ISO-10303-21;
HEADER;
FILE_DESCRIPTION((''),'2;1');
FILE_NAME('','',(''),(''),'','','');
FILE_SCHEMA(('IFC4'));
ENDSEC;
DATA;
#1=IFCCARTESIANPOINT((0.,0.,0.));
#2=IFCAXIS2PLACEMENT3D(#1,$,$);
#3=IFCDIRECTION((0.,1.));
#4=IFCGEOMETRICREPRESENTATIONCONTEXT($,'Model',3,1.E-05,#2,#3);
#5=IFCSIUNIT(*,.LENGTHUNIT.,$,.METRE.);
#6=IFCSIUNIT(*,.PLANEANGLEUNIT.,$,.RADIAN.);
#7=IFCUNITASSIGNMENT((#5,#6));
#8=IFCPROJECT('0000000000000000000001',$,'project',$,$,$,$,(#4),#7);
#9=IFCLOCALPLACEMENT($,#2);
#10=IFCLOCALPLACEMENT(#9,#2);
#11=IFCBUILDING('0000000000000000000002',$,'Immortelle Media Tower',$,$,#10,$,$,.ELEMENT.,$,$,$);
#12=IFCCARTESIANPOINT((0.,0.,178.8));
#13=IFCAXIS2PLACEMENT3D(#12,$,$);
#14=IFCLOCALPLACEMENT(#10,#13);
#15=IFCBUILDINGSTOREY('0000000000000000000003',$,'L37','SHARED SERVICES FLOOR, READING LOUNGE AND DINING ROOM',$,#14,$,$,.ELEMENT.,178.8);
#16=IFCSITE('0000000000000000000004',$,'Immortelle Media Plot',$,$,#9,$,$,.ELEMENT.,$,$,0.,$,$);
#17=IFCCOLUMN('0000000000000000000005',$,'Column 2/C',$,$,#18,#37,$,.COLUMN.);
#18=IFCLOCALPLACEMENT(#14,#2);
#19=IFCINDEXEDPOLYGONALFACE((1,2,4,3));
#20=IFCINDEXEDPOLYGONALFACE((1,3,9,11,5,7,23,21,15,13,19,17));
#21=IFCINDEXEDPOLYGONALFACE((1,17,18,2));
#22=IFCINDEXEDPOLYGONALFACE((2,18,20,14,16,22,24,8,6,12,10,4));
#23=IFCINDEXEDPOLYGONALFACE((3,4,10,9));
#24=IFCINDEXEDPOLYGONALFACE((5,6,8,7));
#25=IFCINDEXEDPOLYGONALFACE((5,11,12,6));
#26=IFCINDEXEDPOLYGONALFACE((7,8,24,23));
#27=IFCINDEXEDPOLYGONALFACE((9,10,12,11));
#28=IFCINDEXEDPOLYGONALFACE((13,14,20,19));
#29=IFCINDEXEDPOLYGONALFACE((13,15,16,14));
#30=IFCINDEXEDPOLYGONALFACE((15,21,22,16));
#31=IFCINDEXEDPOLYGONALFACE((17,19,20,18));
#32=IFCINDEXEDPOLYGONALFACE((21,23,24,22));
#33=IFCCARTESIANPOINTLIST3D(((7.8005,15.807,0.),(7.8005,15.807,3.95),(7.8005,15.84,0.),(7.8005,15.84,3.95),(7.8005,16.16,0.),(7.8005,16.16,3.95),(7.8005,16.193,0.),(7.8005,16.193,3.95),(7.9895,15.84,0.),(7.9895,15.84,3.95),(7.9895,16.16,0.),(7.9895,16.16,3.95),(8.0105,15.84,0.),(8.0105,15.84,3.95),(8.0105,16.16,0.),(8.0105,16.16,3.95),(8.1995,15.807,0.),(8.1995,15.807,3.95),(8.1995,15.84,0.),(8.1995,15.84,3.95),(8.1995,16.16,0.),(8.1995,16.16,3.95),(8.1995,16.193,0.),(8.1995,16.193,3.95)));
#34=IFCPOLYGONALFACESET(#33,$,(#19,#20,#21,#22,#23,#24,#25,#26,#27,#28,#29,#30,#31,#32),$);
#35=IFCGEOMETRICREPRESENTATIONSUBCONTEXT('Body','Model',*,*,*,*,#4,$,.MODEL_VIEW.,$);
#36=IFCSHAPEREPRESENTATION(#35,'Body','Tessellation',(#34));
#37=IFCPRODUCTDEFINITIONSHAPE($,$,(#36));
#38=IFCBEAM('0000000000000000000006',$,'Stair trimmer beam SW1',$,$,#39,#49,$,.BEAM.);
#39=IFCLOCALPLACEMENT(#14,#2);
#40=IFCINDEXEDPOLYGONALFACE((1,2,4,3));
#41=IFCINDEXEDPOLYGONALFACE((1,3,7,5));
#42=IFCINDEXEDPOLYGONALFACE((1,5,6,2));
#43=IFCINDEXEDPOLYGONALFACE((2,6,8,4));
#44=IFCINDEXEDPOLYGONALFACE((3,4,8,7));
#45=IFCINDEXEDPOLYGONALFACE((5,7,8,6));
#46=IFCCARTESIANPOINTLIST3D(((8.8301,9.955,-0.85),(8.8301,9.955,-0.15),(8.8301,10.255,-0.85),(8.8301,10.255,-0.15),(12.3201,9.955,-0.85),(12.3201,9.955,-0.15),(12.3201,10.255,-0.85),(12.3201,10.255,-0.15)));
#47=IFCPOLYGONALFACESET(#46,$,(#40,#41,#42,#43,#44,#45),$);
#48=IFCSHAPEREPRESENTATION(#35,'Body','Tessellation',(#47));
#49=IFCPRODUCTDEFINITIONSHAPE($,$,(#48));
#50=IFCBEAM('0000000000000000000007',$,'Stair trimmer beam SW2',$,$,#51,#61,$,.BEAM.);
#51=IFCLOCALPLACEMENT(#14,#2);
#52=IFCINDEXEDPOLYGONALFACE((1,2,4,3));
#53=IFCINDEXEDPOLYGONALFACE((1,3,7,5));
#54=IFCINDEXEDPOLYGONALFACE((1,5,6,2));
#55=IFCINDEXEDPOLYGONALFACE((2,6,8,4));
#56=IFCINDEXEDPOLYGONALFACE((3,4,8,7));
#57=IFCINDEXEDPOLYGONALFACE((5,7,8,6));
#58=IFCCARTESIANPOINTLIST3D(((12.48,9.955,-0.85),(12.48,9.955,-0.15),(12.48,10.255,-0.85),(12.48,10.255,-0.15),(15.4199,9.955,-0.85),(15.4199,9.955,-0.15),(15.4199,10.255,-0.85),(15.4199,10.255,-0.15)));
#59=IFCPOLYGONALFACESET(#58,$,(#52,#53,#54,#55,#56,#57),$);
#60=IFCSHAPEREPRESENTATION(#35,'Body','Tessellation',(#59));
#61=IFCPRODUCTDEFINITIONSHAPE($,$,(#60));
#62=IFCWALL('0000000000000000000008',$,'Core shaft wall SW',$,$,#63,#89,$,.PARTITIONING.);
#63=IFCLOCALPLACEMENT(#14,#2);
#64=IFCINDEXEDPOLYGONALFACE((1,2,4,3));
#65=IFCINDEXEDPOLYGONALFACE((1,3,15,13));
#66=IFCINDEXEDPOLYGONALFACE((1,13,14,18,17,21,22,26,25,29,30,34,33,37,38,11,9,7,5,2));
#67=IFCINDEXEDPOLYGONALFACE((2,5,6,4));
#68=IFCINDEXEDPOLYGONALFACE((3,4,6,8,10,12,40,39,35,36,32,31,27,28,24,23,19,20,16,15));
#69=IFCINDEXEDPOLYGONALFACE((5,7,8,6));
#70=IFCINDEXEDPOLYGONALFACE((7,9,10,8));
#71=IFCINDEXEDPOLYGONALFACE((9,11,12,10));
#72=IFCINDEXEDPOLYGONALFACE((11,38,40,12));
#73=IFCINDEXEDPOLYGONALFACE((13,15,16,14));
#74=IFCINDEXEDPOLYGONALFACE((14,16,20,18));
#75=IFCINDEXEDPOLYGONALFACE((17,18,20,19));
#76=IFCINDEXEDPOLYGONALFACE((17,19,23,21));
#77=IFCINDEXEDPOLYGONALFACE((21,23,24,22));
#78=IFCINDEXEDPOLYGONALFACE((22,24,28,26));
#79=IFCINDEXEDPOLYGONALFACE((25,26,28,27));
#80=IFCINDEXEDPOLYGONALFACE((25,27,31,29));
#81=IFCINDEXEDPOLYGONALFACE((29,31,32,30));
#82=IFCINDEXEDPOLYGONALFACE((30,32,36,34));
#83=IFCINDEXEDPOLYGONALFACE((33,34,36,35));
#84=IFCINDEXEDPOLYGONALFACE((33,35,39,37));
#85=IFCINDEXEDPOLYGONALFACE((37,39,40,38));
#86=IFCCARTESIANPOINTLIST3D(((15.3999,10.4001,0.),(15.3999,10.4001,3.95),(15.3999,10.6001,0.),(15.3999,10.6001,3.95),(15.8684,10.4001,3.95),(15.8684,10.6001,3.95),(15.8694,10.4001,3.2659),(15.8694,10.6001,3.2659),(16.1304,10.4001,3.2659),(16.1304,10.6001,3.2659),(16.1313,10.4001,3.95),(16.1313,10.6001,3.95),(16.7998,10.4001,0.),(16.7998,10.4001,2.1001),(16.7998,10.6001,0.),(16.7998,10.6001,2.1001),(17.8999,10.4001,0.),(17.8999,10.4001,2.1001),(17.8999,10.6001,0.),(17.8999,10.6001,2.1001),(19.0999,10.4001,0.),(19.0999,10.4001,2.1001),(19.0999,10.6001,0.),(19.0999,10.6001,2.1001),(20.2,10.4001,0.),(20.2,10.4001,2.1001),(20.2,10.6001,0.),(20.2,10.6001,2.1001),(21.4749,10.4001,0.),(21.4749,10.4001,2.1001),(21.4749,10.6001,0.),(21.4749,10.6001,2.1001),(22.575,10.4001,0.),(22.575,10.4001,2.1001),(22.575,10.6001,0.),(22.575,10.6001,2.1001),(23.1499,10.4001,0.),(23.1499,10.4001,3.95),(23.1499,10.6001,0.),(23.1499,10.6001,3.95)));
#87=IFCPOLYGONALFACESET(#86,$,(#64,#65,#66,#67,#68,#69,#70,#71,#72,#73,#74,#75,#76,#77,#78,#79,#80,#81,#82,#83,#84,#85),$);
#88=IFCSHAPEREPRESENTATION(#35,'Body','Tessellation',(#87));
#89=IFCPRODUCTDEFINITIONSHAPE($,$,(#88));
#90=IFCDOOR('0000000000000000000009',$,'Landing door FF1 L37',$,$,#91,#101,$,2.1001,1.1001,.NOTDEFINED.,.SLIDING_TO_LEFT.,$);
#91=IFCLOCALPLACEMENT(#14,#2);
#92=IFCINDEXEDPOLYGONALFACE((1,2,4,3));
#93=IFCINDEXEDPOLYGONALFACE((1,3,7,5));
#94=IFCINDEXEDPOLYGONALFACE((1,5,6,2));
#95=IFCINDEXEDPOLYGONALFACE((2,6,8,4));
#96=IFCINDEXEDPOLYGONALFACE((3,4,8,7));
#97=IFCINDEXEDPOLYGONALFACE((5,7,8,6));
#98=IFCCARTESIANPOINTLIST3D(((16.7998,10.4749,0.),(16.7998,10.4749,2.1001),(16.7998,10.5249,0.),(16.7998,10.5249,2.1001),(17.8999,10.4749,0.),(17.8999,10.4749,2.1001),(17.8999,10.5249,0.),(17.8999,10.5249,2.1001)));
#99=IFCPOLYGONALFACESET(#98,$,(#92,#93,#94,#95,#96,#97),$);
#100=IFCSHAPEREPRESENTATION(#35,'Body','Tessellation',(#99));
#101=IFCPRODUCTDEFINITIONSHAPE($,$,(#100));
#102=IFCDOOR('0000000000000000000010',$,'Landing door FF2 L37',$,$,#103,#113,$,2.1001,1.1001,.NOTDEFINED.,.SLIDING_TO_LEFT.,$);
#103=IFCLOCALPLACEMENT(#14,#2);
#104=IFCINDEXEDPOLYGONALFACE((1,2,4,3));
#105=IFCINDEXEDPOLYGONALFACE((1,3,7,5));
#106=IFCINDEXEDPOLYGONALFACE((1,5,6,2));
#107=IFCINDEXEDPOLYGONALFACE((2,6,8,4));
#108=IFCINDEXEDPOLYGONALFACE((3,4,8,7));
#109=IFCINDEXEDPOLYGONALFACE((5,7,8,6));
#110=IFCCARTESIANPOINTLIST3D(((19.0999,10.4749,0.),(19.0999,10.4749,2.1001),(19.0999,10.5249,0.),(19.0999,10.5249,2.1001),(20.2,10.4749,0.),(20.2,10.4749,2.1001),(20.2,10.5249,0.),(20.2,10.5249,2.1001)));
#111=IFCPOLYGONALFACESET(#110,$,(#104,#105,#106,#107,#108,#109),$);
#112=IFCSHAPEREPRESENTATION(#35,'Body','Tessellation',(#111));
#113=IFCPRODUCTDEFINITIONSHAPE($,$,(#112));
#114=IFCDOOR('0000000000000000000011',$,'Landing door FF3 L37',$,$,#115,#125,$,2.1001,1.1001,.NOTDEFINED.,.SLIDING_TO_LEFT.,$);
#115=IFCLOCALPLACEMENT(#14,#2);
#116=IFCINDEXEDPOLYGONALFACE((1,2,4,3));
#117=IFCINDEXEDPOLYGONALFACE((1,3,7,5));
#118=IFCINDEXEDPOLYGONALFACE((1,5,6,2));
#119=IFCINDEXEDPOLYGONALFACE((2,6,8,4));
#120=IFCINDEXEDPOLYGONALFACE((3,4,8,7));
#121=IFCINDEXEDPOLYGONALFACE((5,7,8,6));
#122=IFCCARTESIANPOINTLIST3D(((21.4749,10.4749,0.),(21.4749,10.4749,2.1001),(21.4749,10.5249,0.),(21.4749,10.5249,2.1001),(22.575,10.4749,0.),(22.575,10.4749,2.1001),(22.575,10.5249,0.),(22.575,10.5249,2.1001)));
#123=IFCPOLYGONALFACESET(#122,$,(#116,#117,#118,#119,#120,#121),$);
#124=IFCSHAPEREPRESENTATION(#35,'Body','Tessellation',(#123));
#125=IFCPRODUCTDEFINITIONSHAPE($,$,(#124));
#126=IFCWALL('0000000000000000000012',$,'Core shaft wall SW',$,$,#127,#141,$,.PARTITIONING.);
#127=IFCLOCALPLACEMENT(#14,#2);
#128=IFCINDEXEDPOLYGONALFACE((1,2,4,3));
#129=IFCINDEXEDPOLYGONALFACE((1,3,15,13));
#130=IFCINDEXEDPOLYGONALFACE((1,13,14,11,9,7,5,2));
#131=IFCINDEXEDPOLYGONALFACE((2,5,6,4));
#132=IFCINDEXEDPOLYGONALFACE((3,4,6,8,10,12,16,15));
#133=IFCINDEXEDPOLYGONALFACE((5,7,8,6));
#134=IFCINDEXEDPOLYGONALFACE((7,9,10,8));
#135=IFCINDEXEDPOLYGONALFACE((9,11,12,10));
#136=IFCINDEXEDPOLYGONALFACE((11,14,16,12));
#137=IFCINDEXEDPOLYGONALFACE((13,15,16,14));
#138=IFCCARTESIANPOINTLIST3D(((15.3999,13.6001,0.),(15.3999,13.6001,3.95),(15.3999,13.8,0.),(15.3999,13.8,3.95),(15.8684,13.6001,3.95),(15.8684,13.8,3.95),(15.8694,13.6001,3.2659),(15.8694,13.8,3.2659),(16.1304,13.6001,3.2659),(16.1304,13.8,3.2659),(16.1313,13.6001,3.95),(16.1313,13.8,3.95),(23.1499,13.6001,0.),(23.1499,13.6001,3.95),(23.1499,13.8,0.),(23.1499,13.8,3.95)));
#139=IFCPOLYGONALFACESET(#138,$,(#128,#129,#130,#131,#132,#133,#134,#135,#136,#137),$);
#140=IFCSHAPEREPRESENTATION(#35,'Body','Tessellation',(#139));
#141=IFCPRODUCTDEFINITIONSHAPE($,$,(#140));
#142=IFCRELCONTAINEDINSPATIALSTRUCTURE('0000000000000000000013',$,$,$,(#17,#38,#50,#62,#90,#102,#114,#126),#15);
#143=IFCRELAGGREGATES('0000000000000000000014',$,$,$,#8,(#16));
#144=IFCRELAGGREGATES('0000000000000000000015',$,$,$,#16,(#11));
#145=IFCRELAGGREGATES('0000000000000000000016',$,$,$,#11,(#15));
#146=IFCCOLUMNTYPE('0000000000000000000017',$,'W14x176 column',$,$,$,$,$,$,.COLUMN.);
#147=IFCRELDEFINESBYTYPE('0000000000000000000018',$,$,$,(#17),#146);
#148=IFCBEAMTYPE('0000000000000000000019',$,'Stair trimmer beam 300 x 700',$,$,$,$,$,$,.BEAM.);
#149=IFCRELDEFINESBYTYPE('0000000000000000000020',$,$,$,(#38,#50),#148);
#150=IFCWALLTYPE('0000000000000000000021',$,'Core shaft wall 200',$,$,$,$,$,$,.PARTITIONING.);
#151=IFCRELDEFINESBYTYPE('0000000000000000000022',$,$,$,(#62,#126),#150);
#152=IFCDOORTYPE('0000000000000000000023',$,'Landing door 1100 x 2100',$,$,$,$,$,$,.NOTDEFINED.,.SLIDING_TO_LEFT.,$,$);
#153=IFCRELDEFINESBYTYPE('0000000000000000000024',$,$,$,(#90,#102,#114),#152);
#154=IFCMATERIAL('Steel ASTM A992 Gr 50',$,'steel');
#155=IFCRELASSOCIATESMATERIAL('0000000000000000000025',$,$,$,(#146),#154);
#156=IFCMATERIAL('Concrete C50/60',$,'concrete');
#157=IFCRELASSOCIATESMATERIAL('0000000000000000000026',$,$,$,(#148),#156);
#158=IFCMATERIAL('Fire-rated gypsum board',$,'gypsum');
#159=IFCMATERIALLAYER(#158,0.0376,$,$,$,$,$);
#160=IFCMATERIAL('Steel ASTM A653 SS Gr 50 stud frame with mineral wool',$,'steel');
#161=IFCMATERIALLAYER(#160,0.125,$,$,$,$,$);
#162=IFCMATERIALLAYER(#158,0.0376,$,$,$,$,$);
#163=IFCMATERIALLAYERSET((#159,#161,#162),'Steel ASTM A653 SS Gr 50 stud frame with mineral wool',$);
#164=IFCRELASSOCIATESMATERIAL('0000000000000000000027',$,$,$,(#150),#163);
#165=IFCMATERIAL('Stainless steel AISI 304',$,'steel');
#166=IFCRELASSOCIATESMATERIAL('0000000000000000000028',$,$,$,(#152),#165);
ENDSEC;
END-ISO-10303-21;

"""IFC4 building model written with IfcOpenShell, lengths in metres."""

from ifc_helpers import new_model, si_unit, direction, frame, frame_2d, origin, origin_2d, place, context, subcontext, project, spatial, polyline, rectangle, i_section, outline, extrude, material, layer, layer_set, material_profile, profile_set, type_object, element, fill, save


model = new_model("IFC4")

# Units and contexts
model_context = context("Model", 3, precision=1e-05, world=origin(), true_north=direction((0.0, 1.0)))
body_context = subcontext(model_context, "Body", "Model", "MODEL_VIEW")
ifc_project = project(units=[si_unit("LENGTHUNIT", "METRE"), si_unit("PLANEANGLEUNIT", "RADIAN")], contexts=[model_context])

# Site, building, storey
site_placement = place(None, origin())
site = spatial("IfcSite", under=ifc_project, at=site_placement, Name="Immortelle Media Plot", CompositionType="ELEMENT", RefElevation=0.0)
building_placement = place(site_placement, origin())
building = spatial("IfcBuilding", under=site, at=building_placement, Name="Immortelle Media Tower", CompositionType="ELEMENT")
storey_placement = place(building_placement, frame((0.0, 0.0, 178.8)))
storey = spatial("IfcBuildingStorey", under=building, at=storey_placement, Name="L37", Description="SHARED SERVICES FLOOR, READING LOUNGE AND DINING ROOM", CompositionType="ELEMENT", Elevation=178.8)

# Column
ifc_material_1 = material(Name="Steel ASTM A992 Gr 50", Category="steel")
ifc_material_profile_1 = material_profile(ifc_material_1, i_section(OverallWidth=0.3989, OverallDepth=0.386, WebThickness=0.021, FlangeThickness=0.033, at=origin_2d()), Name="W14x176")
ifc_profile_set_1 = profile_set([ifc_material_profile_1], Name="Steel ASTM A992 Gr 50")
column_type = type_object("IfcColumnType", Name="W14x176 column", PredefinedType="COLUMN", material=ifc_profile_set_1)
column_placement = place(storey_placement, frame((8.0, 16.0, 0.0), z_axis=(0.0, 0.0, 1.0), x_axis=(1.0, 0.0, 0.0)))
element("IfcColumn", 1, at=column_placement, inside=storey, type_object=column_type, Name="Column 2/C", PredefinedType="COLUMN", context=body_context, shape_type="SweptSolid", body=[
    extrude(i_section(OverallWidth=0.3989, OverallDepth=0.386, WebThickness=0.021, FlangeThickness=0.033, at=origin_2d()), origin(), (0.0, 0.0, 1.0), 3.95),
])

# Beams
ifc_material_2 = material(Name="Concrete C50/60", Category="concrete")
ifc_material_profile_2 = material_profile(ifc_material_2, rectangle(XDim=0.3, YDim=0.7, at=origin_2d()), Name="RC 300x700")
ifc_profile_set_2 = profile_set([ifc_material_profile_2], Name="Concrete C50/60")
beam_type = type_object("IfcBeamType", Name="Stair trimmer beam 300 x 700", PredefinedType="BEAM", material=ifc_profile_set_2)
beam_1_placement = place(storey_placement, frame((8.8301, 10.105, -0.5), z_axis=(1.0, 0.0, 0.0), x_axis=(0.0, 1.0, 0.0)))
element("IfcBeam", 2, at=beam_1_placement, inside=storey, type_object=beam_type, Name="Stair trimmer beam SW1", PredefinedType="BEAM", context=body_context, shape_type="SweptSolid", body=[
    extrude(rectangle(XDim=0.3, YDim=0.7, at=origin_2d()), origin(), (0.0, 0.0, 1.0), 3.49),
])
beam_2_placement = place(storey_placement, frame((12.48, 10.105, -0.5), z_axis=(1.0, 0.0, 0.0), x_axis=(0.0, 1.0, 0.0)))
element("IfcBeam", 3, at=beam_2_placement, inside=storey, type_object=beam_type, Name="Stair trimmer beam SW2", PredefinedType="BEAM", context=body_context, shape_type="SweptSolid", body=[
    extrude(rectangle(XDim=0.3, YDim=0.7, at=origin_2d()), origin(), (0.0, 0.0, 1.0), 2.9399),
])

# Wall, openings, doors
ifc_material_3 = material(Name="Fire-rated gypsum board", Category="gypsum")
ifc_layer_1 = layer(ifc_material_3, 0.0376)
ifc_material_4 = material(Name="Steel ASTM A653 SS Gr 50 stud frame with mineral wool", Category="steel")
ifc_layer_2 = layer(ifc_material_4, 0.125)
ifc_layer_3 = layer(ifc_material_3, 0.0376)
ifc_layer_set_1 = layer_set([ifc_layer_1, ifc_layer_2, ifc_layer_3], Name="Steel ASTM A653 SS Gr 50 stud frame with mineral wool")
wall_type_1 = type_object("IfcWallType", Name="Core shaft wall 200", PredefinedType="PARTITIONING", material=ifc_layer_set_1)
wall_1_placement = place(storey_placement, frame((15.3999, 10.5, 0.0), z_axis=(0.0, 0.0, 1.0), x_axis=(1.0, 0.0, 0.0)))
wall_1 = element("IfcWall", 4, at=wall_1_placement, inside=storey, type_object=wall_type_1, Name="Core shaft wall SW", PredefinedType="PARTITIONING", context=body_context, shape_type="SweptSolid", body=[
    extrude(outline(polyline([(0.0, 0.0), (7.75, 0.0), (7.75, 3.95), (0.7314, 3.95), (0.7305, 3.2659), (0.4695, 3.2659), (0.4685, 3.95), (0.0, 3.95), (0.0, 0.0)])), frame((0.0, 0.1001, 0.0), z_axis=(0.0, -1.0, 0.0), x_axis=(1.0, 0.0, 0.0)), (0.0, 0.0, 1.0), 0.2),
])
opening_1_placement = place(wall_1_placement, frame((1.3999, 0.0, 0.0)))
opening_1 = element("IfcOpeningElement", 5, at=opening_1_placement, cuts=wall_1, PredefinedType="OPENING", context=body_context, shape_type="SweptSolid", body=[
    extrude(rectangle(XDim=1.1001, YDim=2.1001, at=frame_2d((0.55, 1.05))), frame((0.0, 0.1099, 0.0), z_axis=(0.0, -1.0, 0.0), x_axis=(1.0, 0.0, 0.0)), (0.0, 0.0, 1.0), 0.22),
])
opening_2_placement = place(wall_1_placement, frame((3.7, 0.0, 0.0)))
opening_2 = element("IfcOpeningElement", 6, at=opening_2_placement, cuts=wall_1, PredefinedType="OPENING", context=body_context, shape_type="SweptSolid", body=[
    extrude(rectangle(XDim=1.1001, YDim=2.1001, at=frame_2d((0.55, 1.05))), frame((0.0, 0.1099, 0.0), z_axis=(0.0, -1.0, 0.0), x_axis=(1.0, 0.0, 0.0)), (0.0, 0.0, 1.0), 0.22),
])
opening_3_placement = place(wall_1_placement, frame((6.075, 0.0, 0.0)))
opening_3 = element("IfcOpeningElement", 7, at=opening_3_placement, cuts=wall_1, PredefinedType="OPENING", context=body_context, shape_type="SweptSolid", body=[
    extrude(rectangle(XDim=1.1001, YDim=2.1001, at=frame_2d((0.55, 1.05))), frame((0.0, 0.1099, 0.0), z_axis=(0.0, -1.0, 0.0), x_axis=(1.0, 0.0, 0.0)), (0.0, 0.0, 1.0), 0.22),
])
ifc_material_5 = material(Name="Stainless steel AISI 304", Category="steel")
door_type_1 = type_object("IfcDoorType", Name="Landing door 1100 x 2100", OperationType="SLIDING_TO_LEFT", PredefinedType="NOTDEFINED", material=ifc_material_5)
door_1_placement = place(opening_1_placement, origin())
door_1 = element("IfcDoor", 8, at=door_1_placement, inside=storey, type_object=door_type_1, Name="Landing door FF1 L37", OperationType="SLIDING_TO_LEFT", OverallHeight=2.1001, OverallWidth=1.1001, PredefinedType="NOTDEFINED", context=body_context, shape_type="SweptSolid", body=[
    extrude(rectangle(XDim=1.1001, YDim=2.1001, at=frame_2d((0.55, 1.05))), frame((0.0, 0.0249, 0.0), z_axis=(0.0, -1.0, 0.0), x_axis=(1.0, 0.0, 0.0)), (0.0, 0.0, 1.0), 0.05),
])
fill(opening_1, door_1)
door_2_placement = place(opening_2_placement, origin())
door_2 = element("IfcDoor", 9, at=door_2_placement, inside=storey, type_object=door_type_1, Name="Landing door FF2 L37", OperationType="SLIDING_TO_LEFT", OverallHeight=2.1001, OverallWidth=1.1001, PredefinedType="NOTDEFINED", context=body_context, shape_type="SweptSolid", body=[
    extrude(rectangle(XDim=1.1001, YDim=2.1001, at=frame_2d((0.55, 1.05))), frame((0.0, 0.0249, 0.0), z_axis=(0.0, -1.0, 0.0), x_axis=(1.0, 0.0, 0.0)), (0.0, 0.0, 1.0), 0.05),
])
fill(opening_2, door_2)
door_3_placement = place(opening_3_placement, origin())
door_3 = element("IfcDoor", 10, at=door_3_placement, inside=storey, type_object=door_type_1, Name="Landing door FF3 L37", OperationType="SLIDING_TO_LEFT", OverallHeight=2.1001, OverallWidth=1.1001, PredefinedType="NOTDEFINED", context=body_context, shape_type="SweptSolid", body=[
    extrude(rectangle(XDim=1.1001, YDim=2.1001, at=frame_2d((0.55, 1.05))), frame((0.0, 0.0249, 0.0), z_axis=(0.0, -1.0, 0.0), x_axis=(1.0, 0.0, 0.0)), (0.0, 0.0, 1.0), 0.05),
])
fill(opening_3, door_3)

# Wall
wall_2_placement = place(storey_placement, frame((15.3999, 13.7, 0.0), z_axis=(0.0, 0.0, 1.0), x_axis=(1.0, 0.0, 0.0)))
element("IfcWall", 11, at=wall_2_placement, inside=storey, type_object=wall_type_1, Name="Core shaft wall SW", PredefinedType="PARTITIONING", context=body_context, shape_type="SweptSolid", body=[
    extrude(outline(polyline([(0.0, 0.0), (7.75, 0.0), (7.75, 3.95), (0.7314, 3.95), (0.7305, 3.2659), (0.4695, 3.2659), (0.4685, 3.95), (0.0, 3.95), (0.0, 0.0)])), frame((0.0, 0.1001, 0.0), z_axis=(0.0, -1.0, 0.0), x_axis=(1.0, 0.0, 0.0)), (0.0, 0.0, 1.0), 0.2),
])

save(model, "model.ifc")
